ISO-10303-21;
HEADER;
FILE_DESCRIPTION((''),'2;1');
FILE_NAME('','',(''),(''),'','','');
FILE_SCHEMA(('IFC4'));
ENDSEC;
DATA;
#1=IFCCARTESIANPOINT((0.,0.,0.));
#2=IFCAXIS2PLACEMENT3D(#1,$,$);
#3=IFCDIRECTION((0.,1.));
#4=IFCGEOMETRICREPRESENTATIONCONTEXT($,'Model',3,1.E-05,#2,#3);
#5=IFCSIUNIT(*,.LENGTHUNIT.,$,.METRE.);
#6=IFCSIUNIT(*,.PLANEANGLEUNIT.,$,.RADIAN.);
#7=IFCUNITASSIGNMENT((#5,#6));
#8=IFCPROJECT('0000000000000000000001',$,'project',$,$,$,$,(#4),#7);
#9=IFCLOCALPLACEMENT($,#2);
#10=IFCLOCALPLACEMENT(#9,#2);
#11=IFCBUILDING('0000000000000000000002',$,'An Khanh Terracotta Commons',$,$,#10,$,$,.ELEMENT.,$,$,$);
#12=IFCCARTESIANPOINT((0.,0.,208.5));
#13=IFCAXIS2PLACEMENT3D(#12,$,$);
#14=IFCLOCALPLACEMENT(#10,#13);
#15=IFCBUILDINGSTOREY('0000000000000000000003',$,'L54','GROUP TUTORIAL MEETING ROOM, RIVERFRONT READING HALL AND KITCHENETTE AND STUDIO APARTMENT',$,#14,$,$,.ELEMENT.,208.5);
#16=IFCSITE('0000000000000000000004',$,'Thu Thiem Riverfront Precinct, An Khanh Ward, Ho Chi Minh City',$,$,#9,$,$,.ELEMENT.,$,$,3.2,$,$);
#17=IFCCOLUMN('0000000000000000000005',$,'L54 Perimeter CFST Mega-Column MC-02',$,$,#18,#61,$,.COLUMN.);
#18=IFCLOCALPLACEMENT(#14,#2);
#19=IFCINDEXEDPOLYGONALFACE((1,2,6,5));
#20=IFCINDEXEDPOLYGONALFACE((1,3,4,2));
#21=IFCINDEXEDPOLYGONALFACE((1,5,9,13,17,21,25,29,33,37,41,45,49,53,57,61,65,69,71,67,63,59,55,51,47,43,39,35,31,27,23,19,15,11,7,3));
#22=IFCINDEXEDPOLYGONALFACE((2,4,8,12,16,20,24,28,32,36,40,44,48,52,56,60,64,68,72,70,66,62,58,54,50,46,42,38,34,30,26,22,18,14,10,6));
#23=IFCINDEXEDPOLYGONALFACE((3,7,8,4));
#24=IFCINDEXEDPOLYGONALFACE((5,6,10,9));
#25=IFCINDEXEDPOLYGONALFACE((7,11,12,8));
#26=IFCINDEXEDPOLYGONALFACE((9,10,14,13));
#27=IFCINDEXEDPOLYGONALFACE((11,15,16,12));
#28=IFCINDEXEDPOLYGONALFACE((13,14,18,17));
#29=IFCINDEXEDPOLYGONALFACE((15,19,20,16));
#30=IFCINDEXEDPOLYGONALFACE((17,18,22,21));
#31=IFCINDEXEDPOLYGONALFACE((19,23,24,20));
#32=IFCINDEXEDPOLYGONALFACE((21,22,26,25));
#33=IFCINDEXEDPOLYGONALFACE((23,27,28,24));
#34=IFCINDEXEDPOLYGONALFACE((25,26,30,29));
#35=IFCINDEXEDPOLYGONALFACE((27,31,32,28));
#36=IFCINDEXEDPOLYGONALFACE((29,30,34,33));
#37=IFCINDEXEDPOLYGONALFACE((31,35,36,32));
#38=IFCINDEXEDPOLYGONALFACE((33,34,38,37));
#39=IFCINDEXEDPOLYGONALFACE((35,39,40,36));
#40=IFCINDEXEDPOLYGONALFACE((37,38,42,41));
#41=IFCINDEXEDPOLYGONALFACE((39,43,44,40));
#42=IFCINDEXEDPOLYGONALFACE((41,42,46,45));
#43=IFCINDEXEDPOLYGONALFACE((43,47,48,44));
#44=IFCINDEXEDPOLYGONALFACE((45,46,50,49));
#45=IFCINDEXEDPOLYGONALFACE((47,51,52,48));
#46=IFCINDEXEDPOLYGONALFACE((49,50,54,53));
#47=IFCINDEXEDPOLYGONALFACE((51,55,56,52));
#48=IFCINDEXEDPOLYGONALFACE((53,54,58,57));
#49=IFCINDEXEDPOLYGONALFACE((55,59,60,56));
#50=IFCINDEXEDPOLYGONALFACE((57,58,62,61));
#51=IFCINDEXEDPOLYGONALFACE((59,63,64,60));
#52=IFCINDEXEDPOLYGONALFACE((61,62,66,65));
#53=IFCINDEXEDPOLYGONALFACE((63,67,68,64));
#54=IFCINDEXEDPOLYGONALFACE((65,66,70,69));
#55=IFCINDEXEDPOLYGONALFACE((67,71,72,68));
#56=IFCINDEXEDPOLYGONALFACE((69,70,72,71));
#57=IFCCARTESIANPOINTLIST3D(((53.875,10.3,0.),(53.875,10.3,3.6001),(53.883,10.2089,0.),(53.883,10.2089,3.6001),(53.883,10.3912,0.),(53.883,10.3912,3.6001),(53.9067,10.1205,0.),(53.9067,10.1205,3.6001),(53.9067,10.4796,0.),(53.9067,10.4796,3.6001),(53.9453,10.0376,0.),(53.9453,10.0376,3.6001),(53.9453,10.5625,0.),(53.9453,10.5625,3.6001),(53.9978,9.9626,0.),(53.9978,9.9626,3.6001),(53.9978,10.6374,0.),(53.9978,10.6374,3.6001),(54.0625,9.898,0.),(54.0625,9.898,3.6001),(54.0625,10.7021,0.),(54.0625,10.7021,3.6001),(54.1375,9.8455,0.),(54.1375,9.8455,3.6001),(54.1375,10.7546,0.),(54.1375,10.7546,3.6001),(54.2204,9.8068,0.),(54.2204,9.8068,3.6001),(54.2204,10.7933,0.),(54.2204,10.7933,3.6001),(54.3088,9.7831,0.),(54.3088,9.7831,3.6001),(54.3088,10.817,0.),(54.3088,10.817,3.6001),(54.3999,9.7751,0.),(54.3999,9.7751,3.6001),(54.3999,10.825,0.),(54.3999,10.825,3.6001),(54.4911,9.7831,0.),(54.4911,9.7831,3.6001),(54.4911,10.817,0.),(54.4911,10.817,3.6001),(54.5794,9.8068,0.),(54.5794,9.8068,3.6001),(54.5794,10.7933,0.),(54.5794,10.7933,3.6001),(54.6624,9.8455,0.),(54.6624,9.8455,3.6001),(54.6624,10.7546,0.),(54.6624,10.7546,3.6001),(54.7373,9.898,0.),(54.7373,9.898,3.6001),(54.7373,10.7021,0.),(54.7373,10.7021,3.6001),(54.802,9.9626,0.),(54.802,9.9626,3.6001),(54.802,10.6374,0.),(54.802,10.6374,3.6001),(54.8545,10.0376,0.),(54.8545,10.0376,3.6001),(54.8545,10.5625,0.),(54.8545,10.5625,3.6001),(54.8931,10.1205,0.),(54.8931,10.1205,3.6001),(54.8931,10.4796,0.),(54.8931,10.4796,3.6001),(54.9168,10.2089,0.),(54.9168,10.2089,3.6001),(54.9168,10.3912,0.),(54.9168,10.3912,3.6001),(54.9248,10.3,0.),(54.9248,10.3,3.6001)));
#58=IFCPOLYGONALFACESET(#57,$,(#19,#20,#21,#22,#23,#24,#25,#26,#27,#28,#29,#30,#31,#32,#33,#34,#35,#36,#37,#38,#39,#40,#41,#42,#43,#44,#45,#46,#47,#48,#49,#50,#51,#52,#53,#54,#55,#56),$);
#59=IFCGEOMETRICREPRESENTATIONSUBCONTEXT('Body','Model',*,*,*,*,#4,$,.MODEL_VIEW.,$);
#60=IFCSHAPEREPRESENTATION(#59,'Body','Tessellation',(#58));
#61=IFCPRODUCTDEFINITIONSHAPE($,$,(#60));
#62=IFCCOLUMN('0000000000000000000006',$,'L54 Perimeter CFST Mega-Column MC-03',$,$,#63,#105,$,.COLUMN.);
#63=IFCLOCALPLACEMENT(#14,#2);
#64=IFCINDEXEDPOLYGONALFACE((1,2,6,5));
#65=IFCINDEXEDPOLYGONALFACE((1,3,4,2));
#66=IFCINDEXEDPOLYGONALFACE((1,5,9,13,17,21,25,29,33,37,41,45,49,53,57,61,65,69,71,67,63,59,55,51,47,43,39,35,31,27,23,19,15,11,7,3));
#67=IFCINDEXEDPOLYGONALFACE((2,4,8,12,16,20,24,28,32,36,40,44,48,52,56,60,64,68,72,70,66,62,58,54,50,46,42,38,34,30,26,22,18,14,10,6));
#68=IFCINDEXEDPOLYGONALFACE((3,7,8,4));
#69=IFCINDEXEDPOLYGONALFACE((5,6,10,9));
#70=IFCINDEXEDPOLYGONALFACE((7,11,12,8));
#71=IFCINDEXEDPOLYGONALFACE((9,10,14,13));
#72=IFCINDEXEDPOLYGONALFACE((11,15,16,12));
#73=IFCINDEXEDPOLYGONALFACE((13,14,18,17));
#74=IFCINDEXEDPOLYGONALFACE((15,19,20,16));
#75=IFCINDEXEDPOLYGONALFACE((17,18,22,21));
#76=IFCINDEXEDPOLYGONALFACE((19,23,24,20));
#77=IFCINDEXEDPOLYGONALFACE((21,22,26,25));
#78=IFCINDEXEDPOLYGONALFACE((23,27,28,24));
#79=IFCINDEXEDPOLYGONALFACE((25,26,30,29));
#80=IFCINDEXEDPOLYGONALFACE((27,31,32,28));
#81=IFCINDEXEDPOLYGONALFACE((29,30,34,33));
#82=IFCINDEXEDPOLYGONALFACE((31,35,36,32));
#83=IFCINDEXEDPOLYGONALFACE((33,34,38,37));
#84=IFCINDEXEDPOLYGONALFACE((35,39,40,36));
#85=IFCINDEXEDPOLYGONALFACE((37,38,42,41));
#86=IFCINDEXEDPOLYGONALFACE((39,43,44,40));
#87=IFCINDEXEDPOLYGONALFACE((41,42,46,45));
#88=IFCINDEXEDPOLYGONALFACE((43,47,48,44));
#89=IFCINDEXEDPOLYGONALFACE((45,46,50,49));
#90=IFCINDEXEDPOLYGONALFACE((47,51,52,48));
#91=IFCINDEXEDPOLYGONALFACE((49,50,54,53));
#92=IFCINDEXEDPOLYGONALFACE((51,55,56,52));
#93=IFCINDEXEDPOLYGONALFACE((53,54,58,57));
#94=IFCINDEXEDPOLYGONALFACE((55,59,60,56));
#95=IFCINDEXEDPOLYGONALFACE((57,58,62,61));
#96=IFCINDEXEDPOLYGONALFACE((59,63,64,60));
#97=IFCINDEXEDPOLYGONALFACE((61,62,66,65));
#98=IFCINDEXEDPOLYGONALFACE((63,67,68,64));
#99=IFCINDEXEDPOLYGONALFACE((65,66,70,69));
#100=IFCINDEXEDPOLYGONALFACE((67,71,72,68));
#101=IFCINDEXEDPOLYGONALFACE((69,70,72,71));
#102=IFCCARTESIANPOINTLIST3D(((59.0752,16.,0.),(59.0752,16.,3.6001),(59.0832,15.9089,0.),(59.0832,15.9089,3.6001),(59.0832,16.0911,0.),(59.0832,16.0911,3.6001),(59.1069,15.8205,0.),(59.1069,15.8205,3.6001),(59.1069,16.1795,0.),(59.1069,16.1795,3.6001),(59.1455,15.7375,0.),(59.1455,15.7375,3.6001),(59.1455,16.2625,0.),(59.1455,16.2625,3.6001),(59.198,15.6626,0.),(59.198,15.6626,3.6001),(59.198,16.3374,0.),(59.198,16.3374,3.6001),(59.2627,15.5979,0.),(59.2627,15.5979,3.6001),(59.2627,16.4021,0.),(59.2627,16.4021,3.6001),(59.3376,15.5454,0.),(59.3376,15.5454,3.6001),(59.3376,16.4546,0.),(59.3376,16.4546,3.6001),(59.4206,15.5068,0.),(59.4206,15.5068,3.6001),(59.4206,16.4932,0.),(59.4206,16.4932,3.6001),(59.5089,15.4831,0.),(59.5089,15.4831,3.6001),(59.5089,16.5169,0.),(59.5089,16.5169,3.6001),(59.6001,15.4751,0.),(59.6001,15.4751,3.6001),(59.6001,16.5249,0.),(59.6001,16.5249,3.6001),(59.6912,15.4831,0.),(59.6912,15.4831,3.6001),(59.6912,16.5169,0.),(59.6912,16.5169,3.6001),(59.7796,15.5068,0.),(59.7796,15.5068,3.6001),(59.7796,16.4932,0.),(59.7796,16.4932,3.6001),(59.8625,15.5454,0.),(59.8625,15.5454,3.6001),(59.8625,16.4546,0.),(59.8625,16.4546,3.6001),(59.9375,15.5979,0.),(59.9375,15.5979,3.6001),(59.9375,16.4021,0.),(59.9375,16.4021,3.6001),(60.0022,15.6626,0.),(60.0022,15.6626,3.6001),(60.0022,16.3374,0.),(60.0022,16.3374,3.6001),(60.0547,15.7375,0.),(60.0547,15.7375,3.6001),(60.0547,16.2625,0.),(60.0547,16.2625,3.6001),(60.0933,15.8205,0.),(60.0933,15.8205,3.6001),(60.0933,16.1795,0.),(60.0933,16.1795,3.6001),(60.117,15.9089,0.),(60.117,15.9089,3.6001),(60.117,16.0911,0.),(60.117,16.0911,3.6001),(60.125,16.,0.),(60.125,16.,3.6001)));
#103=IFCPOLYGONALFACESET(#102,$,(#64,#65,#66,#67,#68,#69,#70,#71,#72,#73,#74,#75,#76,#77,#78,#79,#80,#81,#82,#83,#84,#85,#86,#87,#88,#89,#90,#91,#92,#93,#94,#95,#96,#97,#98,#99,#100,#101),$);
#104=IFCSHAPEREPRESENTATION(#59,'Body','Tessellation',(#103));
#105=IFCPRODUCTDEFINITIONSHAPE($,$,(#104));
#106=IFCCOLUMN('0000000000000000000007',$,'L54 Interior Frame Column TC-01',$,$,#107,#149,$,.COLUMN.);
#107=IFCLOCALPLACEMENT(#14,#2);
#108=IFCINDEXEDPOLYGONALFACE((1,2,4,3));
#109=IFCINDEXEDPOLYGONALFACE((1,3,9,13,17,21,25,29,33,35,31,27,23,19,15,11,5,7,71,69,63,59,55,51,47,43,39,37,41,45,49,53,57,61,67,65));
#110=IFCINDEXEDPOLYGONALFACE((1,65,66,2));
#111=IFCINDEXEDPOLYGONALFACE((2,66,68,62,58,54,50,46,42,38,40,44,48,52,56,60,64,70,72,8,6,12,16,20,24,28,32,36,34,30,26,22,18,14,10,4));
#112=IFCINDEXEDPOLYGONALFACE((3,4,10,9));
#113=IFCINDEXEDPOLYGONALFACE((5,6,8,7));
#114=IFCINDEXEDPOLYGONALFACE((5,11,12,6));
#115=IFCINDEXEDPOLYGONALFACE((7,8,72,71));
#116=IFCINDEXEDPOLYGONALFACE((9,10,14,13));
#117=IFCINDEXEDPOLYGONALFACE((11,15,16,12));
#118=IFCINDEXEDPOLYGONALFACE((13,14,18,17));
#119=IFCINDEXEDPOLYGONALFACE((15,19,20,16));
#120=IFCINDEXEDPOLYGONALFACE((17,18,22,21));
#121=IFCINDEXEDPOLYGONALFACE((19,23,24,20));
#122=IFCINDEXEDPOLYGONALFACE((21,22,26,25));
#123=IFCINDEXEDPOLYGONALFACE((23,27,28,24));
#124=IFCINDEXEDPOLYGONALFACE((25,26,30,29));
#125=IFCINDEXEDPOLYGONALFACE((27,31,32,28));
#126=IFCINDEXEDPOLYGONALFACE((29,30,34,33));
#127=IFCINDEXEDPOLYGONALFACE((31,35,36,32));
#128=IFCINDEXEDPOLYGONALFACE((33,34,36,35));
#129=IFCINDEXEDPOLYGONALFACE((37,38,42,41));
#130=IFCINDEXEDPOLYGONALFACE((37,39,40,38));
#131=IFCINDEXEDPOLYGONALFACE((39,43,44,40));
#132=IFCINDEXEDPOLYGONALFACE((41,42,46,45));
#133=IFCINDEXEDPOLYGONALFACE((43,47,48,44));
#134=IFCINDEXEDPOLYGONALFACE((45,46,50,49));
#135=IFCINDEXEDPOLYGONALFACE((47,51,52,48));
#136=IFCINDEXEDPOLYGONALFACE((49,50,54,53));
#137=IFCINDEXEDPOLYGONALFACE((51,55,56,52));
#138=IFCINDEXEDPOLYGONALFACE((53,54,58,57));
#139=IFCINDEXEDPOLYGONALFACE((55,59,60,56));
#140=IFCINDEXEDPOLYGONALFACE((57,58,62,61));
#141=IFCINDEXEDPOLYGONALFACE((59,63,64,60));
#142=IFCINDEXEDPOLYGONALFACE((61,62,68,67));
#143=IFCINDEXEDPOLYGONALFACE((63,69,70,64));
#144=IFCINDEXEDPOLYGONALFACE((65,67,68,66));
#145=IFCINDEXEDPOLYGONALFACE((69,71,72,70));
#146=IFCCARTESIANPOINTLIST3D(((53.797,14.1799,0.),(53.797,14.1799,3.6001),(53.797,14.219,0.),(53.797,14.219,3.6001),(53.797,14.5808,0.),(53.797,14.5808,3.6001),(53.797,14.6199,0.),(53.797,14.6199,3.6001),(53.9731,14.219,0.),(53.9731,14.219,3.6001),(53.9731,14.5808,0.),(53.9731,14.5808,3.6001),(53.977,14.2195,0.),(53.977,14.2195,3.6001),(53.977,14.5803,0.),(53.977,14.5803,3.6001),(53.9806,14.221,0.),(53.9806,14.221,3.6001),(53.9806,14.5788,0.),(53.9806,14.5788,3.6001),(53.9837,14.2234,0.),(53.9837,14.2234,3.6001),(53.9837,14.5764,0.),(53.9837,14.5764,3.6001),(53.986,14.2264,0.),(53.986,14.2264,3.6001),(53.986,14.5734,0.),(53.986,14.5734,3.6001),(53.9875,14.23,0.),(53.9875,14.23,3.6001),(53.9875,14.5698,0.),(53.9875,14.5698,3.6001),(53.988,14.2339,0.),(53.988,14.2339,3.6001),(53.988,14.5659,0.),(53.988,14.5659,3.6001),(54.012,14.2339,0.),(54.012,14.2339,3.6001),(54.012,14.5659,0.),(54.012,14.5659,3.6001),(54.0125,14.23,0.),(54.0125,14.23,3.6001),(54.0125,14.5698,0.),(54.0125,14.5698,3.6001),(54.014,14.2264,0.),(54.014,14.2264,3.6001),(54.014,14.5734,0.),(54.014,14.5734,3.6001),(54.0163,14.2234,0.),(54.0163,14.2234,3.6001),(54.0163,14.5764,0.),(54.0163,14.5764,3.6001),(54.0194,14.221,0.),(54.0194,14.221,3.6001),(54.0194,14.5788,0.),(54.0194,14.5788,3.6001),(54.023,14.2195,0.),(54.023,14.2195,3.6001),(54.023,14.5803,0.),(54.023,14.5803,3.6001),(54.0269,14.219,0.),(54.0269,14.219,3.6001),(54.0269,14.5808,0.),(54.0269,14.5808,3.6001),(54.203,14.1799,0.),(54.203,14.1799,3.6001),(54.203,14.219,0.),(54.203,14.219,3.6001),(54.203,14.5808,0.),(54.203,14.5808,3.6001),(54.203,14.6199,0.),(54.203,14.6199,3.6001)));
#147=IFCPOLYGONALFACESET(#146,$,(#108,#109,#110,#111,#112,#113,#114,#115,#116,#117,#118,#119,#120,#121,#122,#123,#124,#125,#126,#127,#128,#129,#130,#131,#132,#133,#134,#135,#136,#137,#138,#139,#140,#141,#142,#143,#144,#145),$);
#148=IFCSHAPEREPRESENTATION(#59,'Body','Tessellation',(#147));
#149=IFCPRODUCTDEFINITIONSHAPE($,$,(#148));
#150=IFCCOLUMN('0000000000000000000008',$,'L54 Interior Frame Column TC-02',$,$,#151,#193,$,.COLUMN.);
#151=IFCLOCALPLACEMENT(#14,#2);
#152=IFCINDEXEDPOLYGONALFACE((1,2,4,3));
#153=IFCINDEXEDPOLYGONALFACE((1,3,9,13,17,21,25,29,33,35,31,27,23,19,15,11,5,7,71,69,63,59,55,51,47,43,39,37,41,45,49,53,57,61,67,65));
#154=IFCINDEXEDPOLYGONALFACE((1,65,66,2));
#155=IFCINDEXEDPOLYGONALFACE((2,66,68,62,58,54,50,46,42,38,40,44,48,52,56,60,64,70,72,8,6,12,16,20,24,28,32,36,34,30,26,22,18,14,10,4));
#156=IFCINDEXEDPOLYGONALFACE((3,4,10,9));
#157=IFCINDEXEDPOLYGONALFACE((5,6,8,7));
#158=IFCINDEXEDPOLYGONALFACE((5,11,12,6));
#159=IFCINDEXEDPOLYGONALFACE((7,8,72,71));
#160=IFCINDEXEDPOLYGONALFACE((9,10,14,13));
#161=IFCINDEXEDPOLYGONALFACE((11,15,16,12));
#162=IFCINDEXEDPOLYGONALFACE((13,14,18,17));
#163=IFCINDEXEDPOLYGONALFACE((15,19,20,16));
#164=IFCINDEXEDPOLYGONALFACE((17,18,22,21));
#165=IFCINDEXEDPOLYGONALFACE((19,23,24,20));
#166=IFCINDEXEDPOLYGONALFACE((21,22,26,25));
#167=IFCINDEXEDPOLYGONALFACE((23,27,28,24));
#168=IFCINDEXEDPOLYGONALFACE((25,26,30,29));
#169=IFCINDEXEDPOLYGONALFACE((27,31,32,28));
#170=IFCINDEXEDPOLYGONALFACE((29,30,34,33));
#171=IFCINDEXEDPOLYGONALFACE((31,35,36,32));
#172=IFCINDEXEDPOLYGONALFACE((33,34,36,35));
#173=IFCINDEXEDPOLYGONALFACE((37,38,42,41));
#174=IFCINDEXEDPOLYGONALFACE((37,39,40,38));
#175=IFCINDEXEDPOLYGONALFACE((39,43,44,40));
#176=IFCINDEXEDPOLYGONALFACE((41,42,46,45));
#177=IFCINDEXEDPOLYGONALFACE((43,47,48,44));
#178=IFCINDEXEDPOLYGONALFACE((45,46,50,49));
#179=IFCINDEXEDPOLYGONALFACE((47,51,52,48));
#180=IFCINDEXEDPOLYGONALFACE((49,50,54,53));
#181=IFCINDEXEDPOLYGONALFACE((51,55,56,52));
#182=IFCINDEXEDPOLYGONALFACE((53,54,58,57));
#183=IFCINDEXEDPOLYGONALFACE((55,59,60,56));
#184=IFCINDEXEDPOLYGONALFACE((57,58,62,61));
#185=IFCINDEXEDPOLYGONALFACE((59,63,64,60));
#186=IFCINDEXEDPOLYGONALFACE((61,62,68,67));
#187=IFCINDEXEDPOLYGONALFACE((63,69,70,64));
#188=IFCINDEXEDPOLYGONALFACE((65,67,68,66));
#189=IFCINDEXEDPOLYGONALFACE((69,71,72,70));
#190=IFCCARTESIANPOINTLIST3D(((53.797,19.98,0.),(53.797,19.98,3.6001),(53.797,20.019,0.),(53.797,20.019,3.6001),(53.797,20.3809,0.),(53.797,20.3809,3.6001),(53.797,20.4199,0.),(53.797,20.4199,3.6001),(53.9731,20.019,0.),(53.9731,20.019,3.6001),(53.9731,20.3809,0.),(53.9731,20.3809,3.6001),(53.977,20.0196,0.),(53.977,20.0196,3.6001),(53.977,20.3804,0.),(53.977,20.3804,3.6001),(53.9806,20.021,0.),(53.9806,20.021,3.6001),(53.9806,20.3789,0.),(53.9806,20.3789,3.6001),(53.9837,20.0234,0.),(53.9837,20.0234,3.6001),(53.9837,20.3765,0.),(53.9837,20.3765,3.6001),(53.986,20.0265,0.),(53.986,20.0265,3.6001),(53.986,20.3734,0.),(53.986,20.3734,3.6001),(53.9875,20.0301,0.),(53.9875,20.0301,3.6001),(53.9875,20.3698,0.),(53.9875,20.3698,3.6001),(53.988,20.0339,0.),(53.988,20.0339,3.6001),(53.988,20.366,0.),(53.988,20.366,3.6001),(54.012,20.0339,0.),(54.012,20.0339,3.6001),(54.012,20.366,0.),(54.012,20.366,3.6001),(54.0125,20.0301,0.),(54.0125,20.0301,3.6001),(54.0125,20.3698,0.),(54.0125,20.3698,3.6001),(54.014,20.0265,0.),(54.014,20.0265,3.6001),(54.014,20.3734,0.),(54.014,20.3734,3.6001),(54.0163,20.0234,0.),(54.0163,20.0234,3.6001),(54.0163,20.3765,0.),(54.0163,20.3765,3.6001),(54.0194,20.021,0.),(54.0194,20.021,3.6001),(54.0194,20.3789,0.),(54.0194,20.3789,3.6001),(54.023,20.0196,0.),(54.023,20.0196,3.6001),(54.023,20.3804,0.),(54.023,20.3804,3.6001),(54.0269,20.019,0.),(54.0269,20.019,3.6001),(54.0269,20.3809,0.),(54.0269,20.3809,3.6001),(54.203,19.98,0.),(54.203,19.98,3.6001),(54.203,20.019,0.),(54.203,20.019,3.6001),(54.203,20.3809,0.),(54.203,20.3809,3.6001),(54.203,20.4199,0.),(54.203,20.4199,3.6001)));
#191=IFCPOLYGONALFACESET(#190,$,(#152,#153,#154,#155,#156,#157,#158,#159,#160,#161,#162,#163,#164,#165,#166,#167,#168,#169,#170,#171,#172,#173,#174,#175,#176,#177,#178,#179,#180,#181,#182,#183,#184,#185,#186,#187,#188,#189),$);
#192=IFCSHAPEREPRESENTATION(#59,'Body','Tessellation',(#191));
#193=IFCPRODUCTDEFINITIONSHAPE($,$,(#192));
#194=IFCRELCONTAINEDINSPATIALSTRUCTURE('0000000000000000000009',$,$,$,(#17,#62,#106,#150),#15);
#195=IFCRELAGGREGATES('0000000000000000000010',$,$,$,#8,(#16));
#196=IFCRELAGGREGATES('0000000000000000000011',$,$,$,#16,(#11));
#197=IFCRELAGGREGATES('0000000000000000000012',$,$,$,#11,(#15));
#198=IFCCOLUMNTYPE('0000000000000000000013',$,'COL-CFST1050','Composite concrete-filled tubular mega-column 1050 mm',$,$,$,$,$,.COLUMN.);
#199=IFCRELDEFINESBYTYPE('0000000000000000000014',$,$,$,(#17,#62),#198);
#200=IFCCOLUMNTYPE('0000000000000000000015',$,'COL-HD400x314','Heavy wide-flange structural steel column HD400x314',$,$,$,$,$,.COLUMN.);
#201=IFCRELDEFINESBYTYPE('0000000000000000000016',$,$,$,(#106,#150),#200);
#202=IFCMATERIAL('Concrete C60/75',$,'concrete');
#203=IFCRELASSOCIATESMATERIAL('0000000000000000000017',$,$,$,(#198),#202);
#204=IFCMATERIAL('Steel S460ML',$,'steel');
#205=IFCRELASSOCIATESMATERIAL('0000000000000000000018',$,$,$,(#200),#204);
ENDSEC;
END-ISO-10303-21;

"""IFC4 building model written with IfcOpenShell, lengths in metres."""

from ifc_helpers import new_model, si_unit, direction, frame, origin, origin_2d, place, context, subcontext, project, spatial, circle, i_section, extrude, material, material_profile, profile_set, type_object, element, save


model = new_model("IFC4")

# Units and contexts
model_context = context("Model", 3, precision=1e-05, world=origin(), true_north=direction((0.0, 1.0)))
body_context = subcontext(model_context, "Body", "Model", "MODEL_VIEW")
ifc_project = project(units=[si_unit("LENGTHUNIT", "METRE"), si_unit("PLANEANGLEUNIT", "RADIAN")], contexts=[model_context])

# Site, building, storey
site_placement = place(None, origin())
site = spatial("IfcSite", under=ifc_project, at=site_placement, Name="Thu Thiem Riverfront Precinct, An Khanh Ward, Ho Chi Minh City", CompositionType="ELEMENT", RefElevation=3.2)
building_placement = place(site_placement, origin())
building = spatial("IfcBuilding", under=site, at=building_placement, Name="An Khanh Terracotta Commons", CompositionType="ELEMENT")
storey_placement = place(building_placement, frame((0.0, 0.0, 208.5)))
storey = spatial("IfcBuildingStorey", under=building, at=storey_placement, Name="L54", Description="GROUP TUTORIAL MEETING ROOM, RIVERFRONT READING HALL AND KITCHENETTE AND STUDIO APARTMENT", CompositionType="ELEMENT", Elevation=208.5)

# Columns
ifc_material_1 = material(Name="Concrete C60/75", Category="concrete")
ifc_material_profile_1 = material_profile(ifc_material_1, circle(Radius=0.5249, at=origin_2d()), Name="CFST1050")
ifc_profile_set_1 = profile_set([ifc_material_profile_1], Name="Concrete C60/75")
column_type_1 = type_object("IfcColumnType", Name="COL-CFST1050", Description="Composite concrete-filled tubular mega-column 1050 mm", PredefinedType="COLUMN", material=ifc_profile_set_1)
for number, where, z_axis, x_axis, name in (
    (1, (54.3999, 10.3, 0.0), (0.0, 0.0, 1.0), (1.0, 0.0, 0.0), "L54 Perimeter CFST Mega-Column MC-02"),
    (2, (59.6001, 16.0, 0.0), (0.0, 0.0, 1.0), (1.0, 0.0, 0.0), "L54 Perimeter CFST Mega-Column MC-03"),
):
    element("IfcColumn", number, at=place(storey_placement, frame(where, z_axis=z_axis, x_axis=x_axis)), inside=storey, type_object=column_type_1, Name=name, PredefinedType="COLUMN", context=body_context, shape_type="SweptSolid", body=[
        extrude(circle(Radius=0.5249, at=origin_2d()), origin(), (0.0, 0.0, 1.0), 3.6001),
    ])
ifc_material_2 = material(Name="Steel S460ML", Category="steel")
ifc_material_profile_2 = material_profile(ifc_material_2, i_section(OverallWidth=0.406, OverallDepth=0.4399, WebThickness=0.0239, FlangeThickness=0.0391, FilletRadius=0.0149, at=origin_2d()), Name="HD400x314")
ifc_profile_set_2 = profile_set([ifc_material_profile_2], Name="Steel S460ML")
column_type_2 = type_object("IfcColumnType", Name="COL-HD400x314", Description="Heavy wide-flange structural steel column HD400x314", PredefinedType="COLUMN", material=ifc_profile_set_2)
for number, where, z_axis, x_axis, name in (
    (3, (54.0, 14.3999, 0.0), (0.0, 0.0, 1.0), (1.0, 0.0, 0.0), "L54 Interior Frame Column TC-01"),
    (4, (54.0, 20.2, 0.0), (0.0, 0.0, 1.0), (1.0, 0.0, 0.0), "L54 Interior Frame Column TC-02"),
):
    element("IfcColumn", number, at=place(storey_placement, frame(where, z_axis=z_axis, x_axis=x_axis)), inside=storey, type_object=column_type_2, Name=name, PredefinedType="COLUMN", context=body_context, shape_type="SweptSolid", body=[
        extrude(i_section(OverallWidth=0.406, OverallDepth=0.4399, WebThickness=0.0239, FlangeThickness=0.0391, FilletRadius=0.0149, at=origin_2d()), origin(), (0.0, 0.0, 1.0), 3.6001),
    ])

save(model, "model.ifc")
